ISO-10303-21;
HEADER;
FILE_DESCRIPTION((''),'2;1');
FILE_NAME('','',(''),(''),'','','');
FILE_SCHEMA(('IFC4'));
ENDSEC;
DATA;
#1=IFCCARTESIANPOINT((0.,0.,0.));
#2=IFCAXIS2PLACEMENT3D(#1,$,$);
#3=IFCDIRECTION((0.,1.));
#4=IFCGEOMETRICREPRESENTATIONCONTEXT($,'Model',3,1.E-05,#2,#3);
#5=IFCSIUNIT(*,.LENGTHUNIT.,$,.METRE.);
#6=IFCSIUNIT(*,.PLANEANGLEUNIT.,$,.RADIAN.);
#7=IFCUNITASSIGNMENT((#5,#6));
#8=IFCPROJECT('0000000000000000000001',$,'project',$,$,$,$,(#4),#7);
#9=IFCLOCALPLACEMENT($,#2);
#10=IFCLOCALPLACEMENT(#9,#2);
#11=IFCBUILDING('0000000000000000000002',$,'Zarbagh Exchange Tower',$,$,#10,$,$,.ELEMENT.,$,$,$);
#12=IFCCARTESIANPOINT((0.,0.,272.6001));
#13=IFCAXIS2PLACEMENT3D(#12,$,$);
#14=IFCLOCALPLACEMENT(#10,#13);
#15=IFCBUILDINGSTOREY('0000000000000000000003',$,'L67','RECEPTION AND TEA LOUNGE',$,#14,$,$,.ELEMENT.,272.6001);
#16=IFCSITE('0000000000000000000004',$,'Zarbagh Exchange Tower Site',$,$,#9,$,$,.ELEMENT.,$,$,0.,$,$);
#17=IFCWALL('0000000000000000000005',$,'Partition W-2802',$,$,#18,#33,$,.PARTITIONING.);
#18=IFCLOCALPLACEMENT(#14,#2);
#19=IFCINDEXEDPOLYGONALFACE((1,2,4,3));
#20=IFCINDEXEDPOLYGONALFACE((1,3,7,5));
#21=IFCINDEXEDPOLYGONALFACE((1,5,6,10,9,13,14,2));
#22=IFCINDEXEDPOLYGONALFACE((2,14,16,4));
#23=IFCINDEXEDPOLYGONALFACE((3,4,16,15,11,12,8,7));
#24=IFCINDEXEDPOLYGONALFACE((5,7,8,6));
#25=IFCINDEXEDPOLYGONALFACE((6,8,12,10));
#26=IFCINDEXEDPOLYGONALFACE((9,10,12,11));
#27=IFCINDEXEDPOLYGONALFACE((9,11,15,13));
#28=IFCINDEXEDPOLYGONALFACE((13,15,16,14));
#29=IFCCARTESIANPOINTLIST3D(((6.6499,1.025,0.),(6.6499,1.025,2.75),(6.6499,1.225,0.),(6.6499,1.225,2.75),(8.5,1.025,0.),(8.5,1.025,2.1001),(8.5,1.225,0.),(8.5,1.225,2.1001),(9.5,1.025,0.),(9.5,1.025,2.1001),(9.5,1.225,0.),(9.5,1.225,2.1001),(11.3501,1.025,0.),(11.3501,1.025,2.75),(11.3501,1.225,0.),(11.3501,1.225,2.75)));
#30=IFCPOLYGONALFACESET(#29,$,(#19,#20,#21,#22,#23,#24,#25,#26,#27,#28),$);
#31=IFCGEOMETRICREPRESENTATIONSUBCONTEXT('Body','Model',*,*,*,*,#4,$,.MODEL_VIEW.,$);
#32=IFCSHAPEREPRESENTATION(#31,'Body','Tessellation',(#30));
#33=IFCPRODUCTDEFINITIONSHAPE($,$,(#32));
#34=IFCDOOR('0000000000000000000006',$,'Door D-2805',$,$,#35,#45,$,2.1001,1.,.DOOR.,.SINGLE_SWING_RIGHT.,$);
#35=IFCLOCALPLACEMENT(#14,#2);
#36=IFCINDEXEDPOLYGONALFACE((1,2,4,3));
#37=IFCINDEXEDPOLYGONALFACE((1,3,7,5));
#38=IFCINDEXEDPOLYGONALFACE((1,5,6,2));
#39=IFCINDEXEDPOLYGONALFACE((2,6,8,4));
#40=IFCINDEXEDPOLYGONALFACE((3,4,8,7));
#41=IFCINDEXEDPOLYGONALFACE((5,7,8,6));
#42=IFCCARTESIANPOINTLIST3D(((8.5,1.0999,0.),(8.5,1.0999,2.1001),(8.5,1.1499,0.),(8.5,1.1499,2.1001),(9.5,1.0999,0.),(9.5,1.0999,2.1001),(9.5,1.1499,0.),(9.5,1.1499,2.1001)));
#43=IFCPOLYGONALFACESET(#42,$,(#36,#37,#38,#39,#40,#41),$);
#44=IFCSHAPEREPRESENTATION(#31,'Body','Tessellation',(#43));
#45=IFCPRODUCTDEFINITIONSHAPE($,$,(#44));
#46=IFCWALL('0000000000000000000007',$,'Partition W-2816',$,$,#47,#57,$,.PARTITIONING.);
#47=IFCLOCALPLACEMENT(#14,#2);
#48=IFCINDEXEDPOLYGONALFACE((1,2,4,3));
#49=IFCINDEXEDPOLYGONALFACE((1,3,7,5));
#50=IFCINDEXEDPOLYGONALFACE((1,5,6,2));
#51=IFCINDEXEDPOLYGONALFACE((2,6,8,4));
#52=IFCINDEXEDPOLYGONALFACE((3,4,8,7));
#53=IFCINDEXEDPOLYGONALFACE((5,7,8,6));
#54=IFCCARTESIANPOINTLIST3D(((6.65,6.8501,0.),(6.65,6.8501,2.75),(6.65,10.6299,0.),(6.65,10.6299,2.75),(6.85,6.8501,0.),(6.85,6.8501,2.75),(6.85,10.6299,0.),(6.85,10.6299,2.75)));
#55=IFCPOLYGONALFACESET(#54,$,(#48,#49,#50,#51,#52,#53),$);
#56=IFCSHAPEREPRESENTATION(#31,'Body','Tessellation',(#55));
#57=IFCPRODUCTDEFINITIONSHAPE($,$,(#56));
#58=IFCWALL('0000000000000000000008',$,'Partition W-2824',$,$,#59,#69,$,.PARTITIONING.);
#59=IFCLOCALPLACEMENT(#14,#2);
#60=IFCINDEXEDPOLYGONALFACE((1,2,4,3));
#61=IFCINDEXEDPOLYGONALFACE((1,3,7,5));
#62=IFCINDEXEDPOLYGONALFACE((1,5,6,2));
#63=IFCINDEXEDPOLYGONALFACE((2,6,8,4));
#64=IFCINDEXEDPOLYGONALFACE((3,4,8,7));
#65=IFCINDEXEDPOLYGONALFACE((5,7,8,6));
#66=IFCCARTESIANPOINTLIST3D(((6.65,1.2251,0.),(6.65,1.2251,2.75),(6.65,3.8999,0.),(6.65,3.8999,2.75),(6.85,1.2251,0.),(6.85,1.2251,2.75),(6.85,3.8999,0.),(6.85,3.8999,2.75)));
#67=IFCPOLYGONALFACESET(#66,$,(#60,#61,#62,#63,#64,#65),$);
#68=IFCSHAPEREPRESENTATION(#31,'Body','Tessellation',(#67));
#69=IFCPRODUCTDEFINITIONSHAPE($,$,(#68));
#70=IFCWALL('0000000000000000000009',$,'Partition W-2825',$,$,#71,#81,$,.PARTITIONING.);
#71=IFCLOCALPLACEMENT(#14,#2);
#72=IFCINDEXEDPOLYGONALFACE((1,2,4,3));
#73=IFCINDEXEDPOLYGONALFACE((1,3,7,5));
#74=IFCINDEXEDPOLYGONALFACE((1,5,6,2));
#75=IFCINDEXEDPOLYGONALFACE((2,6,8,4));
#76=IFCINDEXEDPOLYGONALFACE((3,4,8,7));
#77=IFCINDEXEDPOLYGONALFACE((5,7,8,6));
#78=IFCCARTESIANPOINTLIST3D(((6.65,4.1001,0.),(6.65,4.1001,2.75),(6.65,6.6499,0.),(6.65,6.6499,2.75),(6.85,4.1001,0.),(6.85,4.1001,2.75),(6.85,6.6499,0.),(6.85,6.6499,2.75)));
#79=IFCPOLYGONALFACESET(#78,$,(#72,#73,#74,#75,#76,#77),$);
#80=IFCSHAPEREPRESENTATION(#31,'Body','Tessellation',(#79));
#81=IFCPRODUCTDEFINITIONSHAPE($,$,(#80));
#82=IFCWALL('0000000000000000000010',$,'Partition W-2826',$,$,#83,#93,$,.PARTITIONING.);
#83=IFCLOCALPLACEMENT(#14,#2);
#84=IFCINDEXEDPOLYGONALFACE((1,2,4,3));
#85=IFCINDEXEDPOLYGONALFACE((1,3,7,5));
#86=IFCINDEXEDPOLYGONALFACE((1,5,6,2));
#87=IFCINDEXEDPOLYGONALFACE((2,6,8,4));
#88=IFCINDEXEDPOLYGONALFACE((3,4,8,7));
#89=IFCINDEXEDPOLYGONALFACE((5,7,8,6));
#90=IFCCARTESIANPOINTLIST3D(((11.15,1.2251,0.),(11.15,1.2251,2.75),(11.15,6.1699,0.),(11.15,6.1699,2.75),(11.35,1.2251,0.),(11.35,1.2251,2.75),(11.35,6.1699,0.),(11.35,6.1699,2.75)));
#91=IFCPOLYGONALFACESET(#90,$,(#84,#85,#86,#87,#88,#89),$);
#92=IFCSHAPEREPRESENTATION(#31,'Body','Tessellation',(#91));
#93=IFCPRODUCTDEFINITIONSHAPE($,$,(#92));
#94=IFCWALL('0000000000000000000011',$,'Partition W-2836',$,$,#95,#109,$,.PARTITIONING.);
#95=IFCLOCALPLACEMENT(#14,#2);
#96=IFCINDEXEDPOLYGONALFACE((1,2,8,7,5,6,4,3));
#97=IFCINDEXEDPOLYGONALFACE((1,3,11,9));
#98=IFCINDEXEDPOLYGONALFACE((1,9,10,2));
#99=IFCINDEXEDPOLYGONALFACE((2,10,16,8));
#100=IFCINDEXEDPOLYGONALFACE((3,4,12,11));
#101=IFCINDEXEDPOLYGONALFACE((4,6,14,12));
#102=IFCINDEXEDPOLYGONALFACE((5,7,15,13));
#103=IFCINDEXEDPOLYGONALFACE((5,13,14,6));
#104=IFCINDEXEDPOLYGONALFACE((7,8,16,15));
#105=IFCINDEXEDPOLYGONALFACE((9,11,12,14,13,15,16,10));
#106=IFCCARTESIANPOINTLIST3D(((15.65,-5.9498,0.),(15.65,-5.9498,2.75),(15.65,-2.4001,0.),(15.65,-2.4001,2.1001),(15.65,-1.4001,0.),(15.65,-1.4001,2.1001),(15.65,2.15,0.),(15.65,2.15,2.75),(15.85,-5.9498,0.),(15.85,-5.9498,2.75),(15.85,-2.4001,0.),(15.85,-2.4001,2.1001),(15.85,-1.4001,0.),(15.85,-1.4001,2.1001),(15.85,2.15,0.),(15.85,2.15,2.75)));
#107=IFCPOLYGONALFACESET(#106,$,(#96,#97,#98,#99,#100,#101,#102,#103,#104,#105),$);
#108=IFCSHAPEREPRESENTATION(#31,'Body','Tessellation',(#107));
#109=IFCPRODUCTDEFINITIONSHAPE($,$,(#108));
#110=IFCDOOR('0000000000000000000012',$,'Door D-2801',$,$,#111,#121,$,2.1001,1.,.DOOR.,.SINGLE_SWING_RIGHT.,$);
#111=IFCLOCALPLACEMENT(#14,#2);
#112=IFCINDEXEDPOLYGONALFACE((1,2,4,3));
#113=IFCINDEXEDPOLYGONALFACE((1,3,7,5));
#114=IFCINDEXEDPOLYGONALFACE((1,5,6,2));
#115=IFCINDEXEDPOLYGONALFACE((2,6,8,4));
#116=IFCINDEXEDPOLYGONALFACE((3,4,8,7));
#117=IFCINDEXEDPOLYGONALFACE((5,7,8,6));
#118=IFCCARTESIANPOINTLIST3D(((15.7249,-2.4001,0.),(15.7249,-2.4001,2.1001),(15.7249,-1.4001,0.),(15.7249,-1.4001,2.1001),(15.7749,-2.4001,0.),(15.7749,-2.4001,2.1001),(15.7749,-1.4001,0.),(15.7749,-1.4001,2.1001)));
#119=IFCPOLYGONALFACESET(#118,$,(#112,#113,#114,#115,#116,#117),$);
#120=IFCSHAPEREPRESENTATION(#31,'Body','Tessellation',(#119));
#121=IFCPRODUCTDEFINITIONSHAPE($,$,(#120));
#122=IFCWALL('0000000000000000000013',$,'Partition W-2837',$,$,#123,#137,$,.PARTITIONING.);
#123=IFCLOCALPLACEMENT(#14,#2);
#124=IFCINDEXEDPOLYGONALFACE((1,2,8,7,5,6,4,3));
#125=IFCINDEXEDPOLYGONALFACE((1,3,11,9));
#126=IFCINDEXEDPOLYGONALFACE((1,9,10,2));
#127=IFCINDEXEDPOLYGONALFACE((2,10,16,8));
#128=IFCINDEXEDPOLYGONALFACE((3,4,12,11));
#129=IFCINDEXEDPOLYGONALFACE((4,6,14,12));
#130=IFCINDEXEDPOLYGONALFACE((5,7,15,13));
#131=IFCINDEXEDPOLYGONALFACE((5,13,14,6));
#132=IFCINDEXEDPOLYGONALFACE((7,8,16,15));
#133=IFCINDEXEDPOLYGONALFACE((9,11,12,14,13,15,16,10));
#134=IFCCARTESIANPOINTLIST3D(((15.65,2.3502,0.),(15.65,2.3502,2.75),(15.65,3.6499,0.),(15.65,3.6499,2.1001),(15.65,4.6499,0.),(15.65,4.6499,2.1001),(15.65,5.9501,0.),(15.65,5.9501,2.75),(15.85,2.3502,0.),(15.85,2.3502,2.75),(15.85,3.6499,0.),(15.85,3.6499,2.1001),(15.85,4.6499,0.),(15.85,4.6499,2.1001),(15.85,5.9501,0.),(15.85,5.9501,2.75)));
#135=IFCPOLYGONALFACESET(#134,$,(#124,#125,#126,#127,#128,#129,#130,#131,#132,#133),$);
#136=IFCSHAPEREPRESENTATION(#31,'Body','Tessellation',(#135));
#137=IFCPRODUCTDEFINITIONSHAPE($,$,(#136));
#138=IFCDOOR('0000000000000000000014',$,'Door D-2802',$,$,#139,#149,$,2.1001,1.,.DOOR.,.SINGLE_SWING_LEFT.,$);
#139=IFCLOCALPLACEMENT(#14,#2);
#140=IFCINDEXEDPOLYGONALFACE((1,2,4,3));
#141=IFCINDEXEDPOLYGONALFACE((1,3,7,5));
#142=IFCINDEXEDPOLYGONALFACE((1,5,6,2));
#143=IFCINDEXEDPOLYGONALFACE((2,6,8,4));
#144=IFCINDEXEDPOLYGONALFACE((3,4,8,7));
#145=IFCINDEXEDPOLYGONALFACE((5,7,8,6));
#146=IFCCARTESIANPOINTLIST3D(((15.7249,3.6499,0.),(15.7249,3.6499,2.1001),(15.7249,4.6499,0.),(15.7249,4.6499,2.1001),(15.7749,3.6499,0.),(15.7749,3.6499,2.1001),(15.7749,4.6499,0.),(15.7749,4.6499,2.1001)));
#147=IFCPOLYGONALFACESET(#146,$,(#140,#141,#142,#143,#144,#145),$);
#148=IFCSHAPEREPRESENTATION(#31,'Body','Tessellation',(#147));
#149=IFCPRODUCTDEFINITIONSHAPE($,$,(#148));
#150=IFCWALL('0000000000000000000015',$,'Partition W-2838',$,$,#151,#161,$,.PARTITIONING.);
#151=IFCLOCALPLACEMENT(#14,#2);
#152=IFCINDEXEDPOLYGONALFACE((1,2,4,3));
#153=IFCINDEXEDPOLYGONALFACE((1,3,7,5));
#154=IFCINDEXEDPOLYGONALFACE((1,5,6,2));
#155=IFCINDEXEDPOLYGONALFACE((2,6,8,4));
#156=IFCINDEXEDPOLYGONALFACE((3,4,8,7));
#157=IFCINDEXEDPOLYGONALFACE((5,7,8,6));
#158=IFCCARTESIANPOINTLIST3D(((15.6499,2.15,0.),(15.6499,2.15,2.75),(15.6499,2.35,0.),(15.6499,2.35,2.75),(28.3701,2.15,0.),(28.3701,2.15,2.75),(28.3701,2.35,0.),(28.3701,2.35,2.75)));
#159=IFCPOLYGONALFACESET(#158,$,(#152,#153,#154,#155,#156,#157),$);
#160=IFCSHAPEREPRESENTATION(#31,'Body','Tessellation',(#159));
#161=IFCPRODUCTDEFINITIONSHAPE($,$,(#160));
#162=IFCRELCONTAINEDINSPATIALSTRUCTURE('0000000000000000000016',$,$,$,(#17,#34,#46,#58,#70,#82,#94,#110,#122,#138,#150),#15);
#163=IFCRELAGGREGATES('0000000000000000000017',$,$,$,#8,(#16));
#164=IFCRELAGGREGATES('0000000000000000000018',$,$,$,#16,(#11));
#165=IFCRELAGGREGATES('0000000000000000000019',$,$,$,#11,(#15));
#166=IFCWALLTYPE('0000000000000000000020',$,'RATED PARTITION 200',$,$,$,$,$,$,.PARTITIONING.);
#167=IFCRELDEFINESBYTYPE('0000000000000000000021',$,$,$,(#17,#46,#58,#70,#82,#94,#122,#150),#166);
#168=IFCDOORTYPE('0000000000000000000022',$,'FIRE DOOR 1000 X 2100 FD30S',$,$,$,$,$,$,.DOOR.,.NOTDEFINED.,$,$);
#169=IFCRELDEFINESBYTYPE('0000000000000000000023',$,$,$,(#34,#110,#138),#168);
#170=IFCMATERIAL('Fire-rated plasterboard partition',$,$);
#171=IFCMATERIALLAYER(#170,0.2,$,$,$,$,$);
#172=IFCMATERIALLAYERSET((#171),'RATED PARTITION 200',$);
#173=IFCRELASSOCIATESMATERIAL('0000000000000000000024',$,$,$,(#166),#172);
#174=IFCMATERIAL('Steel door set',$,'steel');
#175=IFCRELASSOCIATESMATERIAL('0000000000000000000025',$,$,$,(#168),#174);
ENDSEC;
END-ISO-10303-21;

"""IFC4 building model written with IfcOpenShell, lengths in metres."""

from ifc_helpers import new_model, si_unit, direction, frame, frame_2d, origin, place, context, subcontext, project, spatial, rectangle, extrude, material, layer, layer_set, type_object, element, fill, save


model = new_model("IFC4")

# Units and contexts
model_context = context("Model", 3, precision=1e-05, world=origin(), true_north=direction((0.0, 1.0)))
body_context = subcontext(model_context, "Body", "Model", "MODEL_VIEW")
ifc_project = project(units=[si_unit("LENGTHUNIT", "METRE"), si_unit("PLANEANGLEUNIT", "RADIAN")], contexts=[model_context])

# Site, building, storey
site_placement = place(None, origin())
site = spatial("IfcSite", under=ifc_project, at=site_placement, Name="Zarbagh Exchange Tower Site", CompositionType="ELEMENT", RefElevation=0.0)
building_placement = place(site_placement, origin())
building = spatial("IfcBuilding", under=site, at=building_placement, Name="Zarbagh Exchange Tower", CompositionType="ELEMENT")
storey_placement = place(building_placement, frame((0.0, 0.0, 272.6001)))
storey = spatial("IfcBuildingStorey", under=building, at=storey_placement, Name="L67", Description="RECEPTION AND TEA LOUNGE", CompositionType="ELEMENT", Elevation=272.6001)

# Wall, opening, door
ifc_material_1 = material(Name="Fire-rated plasterboard partition")
ifc_layer = layer(ifc_material_1, 0.2)
ifc_layer_set = layer_set([ifc_layer], Name="RATED PARTITION 200")
wall_type = type_object("IfcWallType", Name="RATED PARTITION 200", PredefinedType="PARTITIONING", material=ifc_layer_set)
wall_1_placement = place(storey_placement, frame((6.6499, 1.125, 0.0), z_axis=(0.0, 0.0, 1.0), x_axis=(1.0, 0.0, 0.0)))
wall_1 = element("IfcWall", 1, at=wall_1_placement, inside=storey, type_object=wall_type, Name="Partition W-2802", PredefinedType="PARTITIONING", context=body_context, shape_type="SweptSolid", body=[
    extrude(rectangle(XDim=4.7002, YDim=0.2, at=frame_2d((2.3501, 0.0))), origin(), (0.0, 0.0, 1.0), 2.75),
])
opening_1_placement = place(wall_1_placement, frame((1.8501, 0.0, 0.0)))
opening_1 = element("IfcOpeningElement", 2, at=opening_1_placement, cuts=wall_1, PredefinedType="OPENING", context=body_context, shape_type="SweptSolid", body=[
    extrude(rectangle(XDim=1.0, YDim=2.1001, at=frame_2d((0.5, 1.05))), frame((0.0, 0.1099, 0.0), z_axis=(0.0, -1.0, 0.0), x_axis=(1.0, 0.0, 0.0)), (0.0, 0.0, 1.0), 0.22),
])
ifc_material_2 = material(Name="Steel door set", Category="steel")
door_type = type_object("IfcDoorType", Name="FIRE DOOR 1000 X 2100 FD30S", OperationType="NOTDEFINED", PredefinedType="DOOR", material=ifc_material_2)
door_1_placement = place(opening_1_placement, origin())
door_1 = element("IfcDoor", 3, at=door_1_placement, inside=storey, type_object=door_type, Name="Door D-2805", OperationType="SINGLE_SWING_RIGHT", OverallHeight=2.1001, OverallWidth=1.0, PredefinedType="DOOR", context=body_context, shape_type="SweptSolid", body=[
    extrude(rectangle(XDim=1.0, YDim=2.1001, at=frame_2d((0.5, 1.05))), frame((0.0, 0.0249, 0.0), z_axis=(0.0, -1.0, 0.0), x_axis=(1.0, 0.0, 0.0)), (0.0, 0.0, 1.0), 0.05),
])
fill(opening_1, door_1)

# Walls
wall_2_placement = place(storey_placement, frame((6.75, 6.8501, 0.0), z_axis=(0.0, 0.0, 1.0), x_axis=(0.0, 1.0, 0.0)))
element("IfcWall", 4, at=wall_2_placement, inside=storey, type_object=wall_type, Name="Partition W-2816", PredefinedType="PARTITIONING", context=body_context, shape_type="SweptSolid", body=[
    extrude(rectangle(XDim=3.7798, YDim=0.2, at=frame_2d((1.8899, 0.0))), origin(), (0.0, 0.0, 1.0), 2.75),
])
wall_3_placement = place(storey_placement, frame((6.75, 1.2251, 0.0), z_axis=(0.0, 0.0, 1.0), x_axis=(0.0, 1.0, 0.0)))
element("IfcWall", 5, at=wall_3_placement, inside=storey, type_object=wall_type, Name="Partition W-2824", PredefinedType="PARTITIONING", context=body_context, shape_type="SweptSolid", body=[
    extrude(rectangle(XDim=2.6748, YDim=0.2, at=frame_2d((1.3374, 0.0))), origin(), (0.0, 0.0, 1.0), 2.75),
])
wall_4_placement = place(storey_placement, frame((6.75, 4.1001, 0.0), z_axis=(0.0, 0.0, 1.0), x_axis=(0.0, 1.0, 0.0)))
element("IfcWall", 6, at=wall_4_placement, inside=storey, type_object=wall_type, Name="Partition W-2825", PredefinedType="PARTITIONING", context=body_context, shape_type="SweptSolid", body=[
    extrude(rectangle(XDim=2.5498, YDim=0.2, at=frame_2d((1.2749, 0.0))), origin(), (0.0, 0.0, 1.0), 2.75),
])
wall_5_placement = place(storey_placement, frame((11.25, 1.2251, 0.0), z_axis=(0.0, 0.0, 1.0), x_axis=(0.0, 1.0, 0.0)))
element("IfcWall", 7, at=wall_5_placement, inside=storey, type_object=wall_type, Name="Partition W-2826", PredefinedType="PARTITIONING", context=body_context, shape_type="SweptSolid", body=[
    extrude(rectangle(XDim=4.9448, YDim=0.2, at=frame_2d((2.4724, 0.0))), origin(), (0.0, 0.0, 1.0), 2.75),
])

# Walls, openings, doors
wall_6_placement = place(storey_placement, frame((15.75, 2.1499, 0.0), z_axis=(0.0, 0.0, 1.0), x_axis=(0.0, -1.0, 0.0)))
wall_6 = element("IfcWall", 8, at=wall_6_placement, inside=storey, type_object=wall_type, Name="Partition W-2836", PredefinedType="PARTITIONING", context=body_context, shape_type="SweptSolid", body=[
    extrude(rectangle(XDim=8.0999, YDim=0.2, at=frame_2d((4.0498, 0.0))), origin(), (0.0, 0.0, 1.0), 2.75),
])
opening_2_placement = place(wall_6_placement, frame((3.55, 0.0, 0.0)))
opening_2 = element("IfcOpeningElement", 9, at=opening_2_placement, cuts=wall_6, PredefinedType="OPENING", context=body_context, shape_type="SweptSolid", body=[
    extrude(rectangle(XDim=1.0, YDim=2.1001, at=frame_2d((0.5, 1.05))), frame((0.0, 0.1099, 0.0), z_axis=(0.0, -1.0, 0.0), x_axis=(1.0, 0.0, 0.0)), (0.0, 0.0, 1.0), 0.22),
])
door_2_placement = place(opening_2_placement, origin())
door_2 = element("IfcDoor", 10, at=door_2_placement, inside=storey, type_object=door_type, Name="Door D-2801", OperationType="SINGLE_SWING_RIGHT", OverallHeight=2.1001, OverallWidth=1.0, PredefinedType="DOOR", context=body_context, shape_type="SweptSolid", body=[
    extrude(rectangle(XDim=1.0, YDim=2.1001, at=frame_2d((0.5, 1.05))), frame((0.0, 0.0249, 0.0), z_axis=(0.0, -1.0, 0.0), x_axis=(1.0, 0.0, 0.0)), (0.0, 0.0, 1.0), 0.05),
])
fill(opening_2, door_2)
wall_7_placement = place(storey_placement, frame((15.75, 5.95, 0.0), z_axis=(0.0, 0.0, 1.0), x_axis=(0.0, -1.0, 0.0)))
wall_7 = element("IfcWall", 11, at=wall_7_placement, inside=storey, type_object=wall_type, Name="Partition W-2837", PredefinedType="PARTITIONING", context=body_context, shape_type="SweptSolid", body=[
    extrude(rectangle(XDim=3.5999, YDim=0.2, at=frame_2d((1.7998, 0.0))), origin(), (0.0, 0.0, 1.0), 2.75),
])
opening_3_placement = place(wall_7_placement, frame((1.3, 0.0, 0.0)))
opening_3 = element("IfcOpeningElement", 12, at=opening_3_placement, cuts=wall_7, PredefinedType="OPENING", context=body_context, shape_type="SweptSolid", body=[
    extrude(rectangle(XDim=1.0, YDim=2.1001, at=frame_2d((0.5, 1.05))), frame((0.0, 0.1099, 0.0), z_axis=(0.0, -1.0, 0.0), x_axis=(1.0, 0.0, 0.0)), (0.0, 0.0, 1.0), 0.22),
])
door_3_placement = place(opening_3_placement, origin())
door_3 = element("IfcDoor", 13, at=door_3_placement, inside=storey, type_object=door_type, Name="Door D-2802", OperationType="SINGLE_SWING_LEFT", OverallHeight=2.1001, OverallWidth=1.0, PredefinedType="DOOR", context=body_context, shape_type="SweptSolid", body=[
    extrude(rectangle(XDim=1.0, YDim=2.1001, at=frame_2d((0.5, 1.05))), frame((0.0, 0.0249, 0.0), z_axis=(0.0, -1.0, 0.0), x_axis=(1.0, 0.0, 0.0)), (0.0, 0.0, 1.0), 0.05),
])
fill(opening_3, door_3)

# Wall
wall_8_placement = place(storey_placement, frame((15.6499, 2.25, 0.0), z_axis=(0.0, 0.0, 1.0), x_axis=(1.0, 0.0, 0.0)))
element("IfcWall", 14, at=wall_8_placement, inside=storey, type_object=wall_type, Name="Partition W-2838", PredefinedType="PARTITIONING", context=body_context, shape_type="SweptSolid", body=[
    extrude(rectangle(XDim=12.7202, YDim=0.2, at=frame_2d((6.3601, 0.0))), origin(), (0.0, 0.0, 1.0), 2.75),
])

save(model, "model.ifc")
